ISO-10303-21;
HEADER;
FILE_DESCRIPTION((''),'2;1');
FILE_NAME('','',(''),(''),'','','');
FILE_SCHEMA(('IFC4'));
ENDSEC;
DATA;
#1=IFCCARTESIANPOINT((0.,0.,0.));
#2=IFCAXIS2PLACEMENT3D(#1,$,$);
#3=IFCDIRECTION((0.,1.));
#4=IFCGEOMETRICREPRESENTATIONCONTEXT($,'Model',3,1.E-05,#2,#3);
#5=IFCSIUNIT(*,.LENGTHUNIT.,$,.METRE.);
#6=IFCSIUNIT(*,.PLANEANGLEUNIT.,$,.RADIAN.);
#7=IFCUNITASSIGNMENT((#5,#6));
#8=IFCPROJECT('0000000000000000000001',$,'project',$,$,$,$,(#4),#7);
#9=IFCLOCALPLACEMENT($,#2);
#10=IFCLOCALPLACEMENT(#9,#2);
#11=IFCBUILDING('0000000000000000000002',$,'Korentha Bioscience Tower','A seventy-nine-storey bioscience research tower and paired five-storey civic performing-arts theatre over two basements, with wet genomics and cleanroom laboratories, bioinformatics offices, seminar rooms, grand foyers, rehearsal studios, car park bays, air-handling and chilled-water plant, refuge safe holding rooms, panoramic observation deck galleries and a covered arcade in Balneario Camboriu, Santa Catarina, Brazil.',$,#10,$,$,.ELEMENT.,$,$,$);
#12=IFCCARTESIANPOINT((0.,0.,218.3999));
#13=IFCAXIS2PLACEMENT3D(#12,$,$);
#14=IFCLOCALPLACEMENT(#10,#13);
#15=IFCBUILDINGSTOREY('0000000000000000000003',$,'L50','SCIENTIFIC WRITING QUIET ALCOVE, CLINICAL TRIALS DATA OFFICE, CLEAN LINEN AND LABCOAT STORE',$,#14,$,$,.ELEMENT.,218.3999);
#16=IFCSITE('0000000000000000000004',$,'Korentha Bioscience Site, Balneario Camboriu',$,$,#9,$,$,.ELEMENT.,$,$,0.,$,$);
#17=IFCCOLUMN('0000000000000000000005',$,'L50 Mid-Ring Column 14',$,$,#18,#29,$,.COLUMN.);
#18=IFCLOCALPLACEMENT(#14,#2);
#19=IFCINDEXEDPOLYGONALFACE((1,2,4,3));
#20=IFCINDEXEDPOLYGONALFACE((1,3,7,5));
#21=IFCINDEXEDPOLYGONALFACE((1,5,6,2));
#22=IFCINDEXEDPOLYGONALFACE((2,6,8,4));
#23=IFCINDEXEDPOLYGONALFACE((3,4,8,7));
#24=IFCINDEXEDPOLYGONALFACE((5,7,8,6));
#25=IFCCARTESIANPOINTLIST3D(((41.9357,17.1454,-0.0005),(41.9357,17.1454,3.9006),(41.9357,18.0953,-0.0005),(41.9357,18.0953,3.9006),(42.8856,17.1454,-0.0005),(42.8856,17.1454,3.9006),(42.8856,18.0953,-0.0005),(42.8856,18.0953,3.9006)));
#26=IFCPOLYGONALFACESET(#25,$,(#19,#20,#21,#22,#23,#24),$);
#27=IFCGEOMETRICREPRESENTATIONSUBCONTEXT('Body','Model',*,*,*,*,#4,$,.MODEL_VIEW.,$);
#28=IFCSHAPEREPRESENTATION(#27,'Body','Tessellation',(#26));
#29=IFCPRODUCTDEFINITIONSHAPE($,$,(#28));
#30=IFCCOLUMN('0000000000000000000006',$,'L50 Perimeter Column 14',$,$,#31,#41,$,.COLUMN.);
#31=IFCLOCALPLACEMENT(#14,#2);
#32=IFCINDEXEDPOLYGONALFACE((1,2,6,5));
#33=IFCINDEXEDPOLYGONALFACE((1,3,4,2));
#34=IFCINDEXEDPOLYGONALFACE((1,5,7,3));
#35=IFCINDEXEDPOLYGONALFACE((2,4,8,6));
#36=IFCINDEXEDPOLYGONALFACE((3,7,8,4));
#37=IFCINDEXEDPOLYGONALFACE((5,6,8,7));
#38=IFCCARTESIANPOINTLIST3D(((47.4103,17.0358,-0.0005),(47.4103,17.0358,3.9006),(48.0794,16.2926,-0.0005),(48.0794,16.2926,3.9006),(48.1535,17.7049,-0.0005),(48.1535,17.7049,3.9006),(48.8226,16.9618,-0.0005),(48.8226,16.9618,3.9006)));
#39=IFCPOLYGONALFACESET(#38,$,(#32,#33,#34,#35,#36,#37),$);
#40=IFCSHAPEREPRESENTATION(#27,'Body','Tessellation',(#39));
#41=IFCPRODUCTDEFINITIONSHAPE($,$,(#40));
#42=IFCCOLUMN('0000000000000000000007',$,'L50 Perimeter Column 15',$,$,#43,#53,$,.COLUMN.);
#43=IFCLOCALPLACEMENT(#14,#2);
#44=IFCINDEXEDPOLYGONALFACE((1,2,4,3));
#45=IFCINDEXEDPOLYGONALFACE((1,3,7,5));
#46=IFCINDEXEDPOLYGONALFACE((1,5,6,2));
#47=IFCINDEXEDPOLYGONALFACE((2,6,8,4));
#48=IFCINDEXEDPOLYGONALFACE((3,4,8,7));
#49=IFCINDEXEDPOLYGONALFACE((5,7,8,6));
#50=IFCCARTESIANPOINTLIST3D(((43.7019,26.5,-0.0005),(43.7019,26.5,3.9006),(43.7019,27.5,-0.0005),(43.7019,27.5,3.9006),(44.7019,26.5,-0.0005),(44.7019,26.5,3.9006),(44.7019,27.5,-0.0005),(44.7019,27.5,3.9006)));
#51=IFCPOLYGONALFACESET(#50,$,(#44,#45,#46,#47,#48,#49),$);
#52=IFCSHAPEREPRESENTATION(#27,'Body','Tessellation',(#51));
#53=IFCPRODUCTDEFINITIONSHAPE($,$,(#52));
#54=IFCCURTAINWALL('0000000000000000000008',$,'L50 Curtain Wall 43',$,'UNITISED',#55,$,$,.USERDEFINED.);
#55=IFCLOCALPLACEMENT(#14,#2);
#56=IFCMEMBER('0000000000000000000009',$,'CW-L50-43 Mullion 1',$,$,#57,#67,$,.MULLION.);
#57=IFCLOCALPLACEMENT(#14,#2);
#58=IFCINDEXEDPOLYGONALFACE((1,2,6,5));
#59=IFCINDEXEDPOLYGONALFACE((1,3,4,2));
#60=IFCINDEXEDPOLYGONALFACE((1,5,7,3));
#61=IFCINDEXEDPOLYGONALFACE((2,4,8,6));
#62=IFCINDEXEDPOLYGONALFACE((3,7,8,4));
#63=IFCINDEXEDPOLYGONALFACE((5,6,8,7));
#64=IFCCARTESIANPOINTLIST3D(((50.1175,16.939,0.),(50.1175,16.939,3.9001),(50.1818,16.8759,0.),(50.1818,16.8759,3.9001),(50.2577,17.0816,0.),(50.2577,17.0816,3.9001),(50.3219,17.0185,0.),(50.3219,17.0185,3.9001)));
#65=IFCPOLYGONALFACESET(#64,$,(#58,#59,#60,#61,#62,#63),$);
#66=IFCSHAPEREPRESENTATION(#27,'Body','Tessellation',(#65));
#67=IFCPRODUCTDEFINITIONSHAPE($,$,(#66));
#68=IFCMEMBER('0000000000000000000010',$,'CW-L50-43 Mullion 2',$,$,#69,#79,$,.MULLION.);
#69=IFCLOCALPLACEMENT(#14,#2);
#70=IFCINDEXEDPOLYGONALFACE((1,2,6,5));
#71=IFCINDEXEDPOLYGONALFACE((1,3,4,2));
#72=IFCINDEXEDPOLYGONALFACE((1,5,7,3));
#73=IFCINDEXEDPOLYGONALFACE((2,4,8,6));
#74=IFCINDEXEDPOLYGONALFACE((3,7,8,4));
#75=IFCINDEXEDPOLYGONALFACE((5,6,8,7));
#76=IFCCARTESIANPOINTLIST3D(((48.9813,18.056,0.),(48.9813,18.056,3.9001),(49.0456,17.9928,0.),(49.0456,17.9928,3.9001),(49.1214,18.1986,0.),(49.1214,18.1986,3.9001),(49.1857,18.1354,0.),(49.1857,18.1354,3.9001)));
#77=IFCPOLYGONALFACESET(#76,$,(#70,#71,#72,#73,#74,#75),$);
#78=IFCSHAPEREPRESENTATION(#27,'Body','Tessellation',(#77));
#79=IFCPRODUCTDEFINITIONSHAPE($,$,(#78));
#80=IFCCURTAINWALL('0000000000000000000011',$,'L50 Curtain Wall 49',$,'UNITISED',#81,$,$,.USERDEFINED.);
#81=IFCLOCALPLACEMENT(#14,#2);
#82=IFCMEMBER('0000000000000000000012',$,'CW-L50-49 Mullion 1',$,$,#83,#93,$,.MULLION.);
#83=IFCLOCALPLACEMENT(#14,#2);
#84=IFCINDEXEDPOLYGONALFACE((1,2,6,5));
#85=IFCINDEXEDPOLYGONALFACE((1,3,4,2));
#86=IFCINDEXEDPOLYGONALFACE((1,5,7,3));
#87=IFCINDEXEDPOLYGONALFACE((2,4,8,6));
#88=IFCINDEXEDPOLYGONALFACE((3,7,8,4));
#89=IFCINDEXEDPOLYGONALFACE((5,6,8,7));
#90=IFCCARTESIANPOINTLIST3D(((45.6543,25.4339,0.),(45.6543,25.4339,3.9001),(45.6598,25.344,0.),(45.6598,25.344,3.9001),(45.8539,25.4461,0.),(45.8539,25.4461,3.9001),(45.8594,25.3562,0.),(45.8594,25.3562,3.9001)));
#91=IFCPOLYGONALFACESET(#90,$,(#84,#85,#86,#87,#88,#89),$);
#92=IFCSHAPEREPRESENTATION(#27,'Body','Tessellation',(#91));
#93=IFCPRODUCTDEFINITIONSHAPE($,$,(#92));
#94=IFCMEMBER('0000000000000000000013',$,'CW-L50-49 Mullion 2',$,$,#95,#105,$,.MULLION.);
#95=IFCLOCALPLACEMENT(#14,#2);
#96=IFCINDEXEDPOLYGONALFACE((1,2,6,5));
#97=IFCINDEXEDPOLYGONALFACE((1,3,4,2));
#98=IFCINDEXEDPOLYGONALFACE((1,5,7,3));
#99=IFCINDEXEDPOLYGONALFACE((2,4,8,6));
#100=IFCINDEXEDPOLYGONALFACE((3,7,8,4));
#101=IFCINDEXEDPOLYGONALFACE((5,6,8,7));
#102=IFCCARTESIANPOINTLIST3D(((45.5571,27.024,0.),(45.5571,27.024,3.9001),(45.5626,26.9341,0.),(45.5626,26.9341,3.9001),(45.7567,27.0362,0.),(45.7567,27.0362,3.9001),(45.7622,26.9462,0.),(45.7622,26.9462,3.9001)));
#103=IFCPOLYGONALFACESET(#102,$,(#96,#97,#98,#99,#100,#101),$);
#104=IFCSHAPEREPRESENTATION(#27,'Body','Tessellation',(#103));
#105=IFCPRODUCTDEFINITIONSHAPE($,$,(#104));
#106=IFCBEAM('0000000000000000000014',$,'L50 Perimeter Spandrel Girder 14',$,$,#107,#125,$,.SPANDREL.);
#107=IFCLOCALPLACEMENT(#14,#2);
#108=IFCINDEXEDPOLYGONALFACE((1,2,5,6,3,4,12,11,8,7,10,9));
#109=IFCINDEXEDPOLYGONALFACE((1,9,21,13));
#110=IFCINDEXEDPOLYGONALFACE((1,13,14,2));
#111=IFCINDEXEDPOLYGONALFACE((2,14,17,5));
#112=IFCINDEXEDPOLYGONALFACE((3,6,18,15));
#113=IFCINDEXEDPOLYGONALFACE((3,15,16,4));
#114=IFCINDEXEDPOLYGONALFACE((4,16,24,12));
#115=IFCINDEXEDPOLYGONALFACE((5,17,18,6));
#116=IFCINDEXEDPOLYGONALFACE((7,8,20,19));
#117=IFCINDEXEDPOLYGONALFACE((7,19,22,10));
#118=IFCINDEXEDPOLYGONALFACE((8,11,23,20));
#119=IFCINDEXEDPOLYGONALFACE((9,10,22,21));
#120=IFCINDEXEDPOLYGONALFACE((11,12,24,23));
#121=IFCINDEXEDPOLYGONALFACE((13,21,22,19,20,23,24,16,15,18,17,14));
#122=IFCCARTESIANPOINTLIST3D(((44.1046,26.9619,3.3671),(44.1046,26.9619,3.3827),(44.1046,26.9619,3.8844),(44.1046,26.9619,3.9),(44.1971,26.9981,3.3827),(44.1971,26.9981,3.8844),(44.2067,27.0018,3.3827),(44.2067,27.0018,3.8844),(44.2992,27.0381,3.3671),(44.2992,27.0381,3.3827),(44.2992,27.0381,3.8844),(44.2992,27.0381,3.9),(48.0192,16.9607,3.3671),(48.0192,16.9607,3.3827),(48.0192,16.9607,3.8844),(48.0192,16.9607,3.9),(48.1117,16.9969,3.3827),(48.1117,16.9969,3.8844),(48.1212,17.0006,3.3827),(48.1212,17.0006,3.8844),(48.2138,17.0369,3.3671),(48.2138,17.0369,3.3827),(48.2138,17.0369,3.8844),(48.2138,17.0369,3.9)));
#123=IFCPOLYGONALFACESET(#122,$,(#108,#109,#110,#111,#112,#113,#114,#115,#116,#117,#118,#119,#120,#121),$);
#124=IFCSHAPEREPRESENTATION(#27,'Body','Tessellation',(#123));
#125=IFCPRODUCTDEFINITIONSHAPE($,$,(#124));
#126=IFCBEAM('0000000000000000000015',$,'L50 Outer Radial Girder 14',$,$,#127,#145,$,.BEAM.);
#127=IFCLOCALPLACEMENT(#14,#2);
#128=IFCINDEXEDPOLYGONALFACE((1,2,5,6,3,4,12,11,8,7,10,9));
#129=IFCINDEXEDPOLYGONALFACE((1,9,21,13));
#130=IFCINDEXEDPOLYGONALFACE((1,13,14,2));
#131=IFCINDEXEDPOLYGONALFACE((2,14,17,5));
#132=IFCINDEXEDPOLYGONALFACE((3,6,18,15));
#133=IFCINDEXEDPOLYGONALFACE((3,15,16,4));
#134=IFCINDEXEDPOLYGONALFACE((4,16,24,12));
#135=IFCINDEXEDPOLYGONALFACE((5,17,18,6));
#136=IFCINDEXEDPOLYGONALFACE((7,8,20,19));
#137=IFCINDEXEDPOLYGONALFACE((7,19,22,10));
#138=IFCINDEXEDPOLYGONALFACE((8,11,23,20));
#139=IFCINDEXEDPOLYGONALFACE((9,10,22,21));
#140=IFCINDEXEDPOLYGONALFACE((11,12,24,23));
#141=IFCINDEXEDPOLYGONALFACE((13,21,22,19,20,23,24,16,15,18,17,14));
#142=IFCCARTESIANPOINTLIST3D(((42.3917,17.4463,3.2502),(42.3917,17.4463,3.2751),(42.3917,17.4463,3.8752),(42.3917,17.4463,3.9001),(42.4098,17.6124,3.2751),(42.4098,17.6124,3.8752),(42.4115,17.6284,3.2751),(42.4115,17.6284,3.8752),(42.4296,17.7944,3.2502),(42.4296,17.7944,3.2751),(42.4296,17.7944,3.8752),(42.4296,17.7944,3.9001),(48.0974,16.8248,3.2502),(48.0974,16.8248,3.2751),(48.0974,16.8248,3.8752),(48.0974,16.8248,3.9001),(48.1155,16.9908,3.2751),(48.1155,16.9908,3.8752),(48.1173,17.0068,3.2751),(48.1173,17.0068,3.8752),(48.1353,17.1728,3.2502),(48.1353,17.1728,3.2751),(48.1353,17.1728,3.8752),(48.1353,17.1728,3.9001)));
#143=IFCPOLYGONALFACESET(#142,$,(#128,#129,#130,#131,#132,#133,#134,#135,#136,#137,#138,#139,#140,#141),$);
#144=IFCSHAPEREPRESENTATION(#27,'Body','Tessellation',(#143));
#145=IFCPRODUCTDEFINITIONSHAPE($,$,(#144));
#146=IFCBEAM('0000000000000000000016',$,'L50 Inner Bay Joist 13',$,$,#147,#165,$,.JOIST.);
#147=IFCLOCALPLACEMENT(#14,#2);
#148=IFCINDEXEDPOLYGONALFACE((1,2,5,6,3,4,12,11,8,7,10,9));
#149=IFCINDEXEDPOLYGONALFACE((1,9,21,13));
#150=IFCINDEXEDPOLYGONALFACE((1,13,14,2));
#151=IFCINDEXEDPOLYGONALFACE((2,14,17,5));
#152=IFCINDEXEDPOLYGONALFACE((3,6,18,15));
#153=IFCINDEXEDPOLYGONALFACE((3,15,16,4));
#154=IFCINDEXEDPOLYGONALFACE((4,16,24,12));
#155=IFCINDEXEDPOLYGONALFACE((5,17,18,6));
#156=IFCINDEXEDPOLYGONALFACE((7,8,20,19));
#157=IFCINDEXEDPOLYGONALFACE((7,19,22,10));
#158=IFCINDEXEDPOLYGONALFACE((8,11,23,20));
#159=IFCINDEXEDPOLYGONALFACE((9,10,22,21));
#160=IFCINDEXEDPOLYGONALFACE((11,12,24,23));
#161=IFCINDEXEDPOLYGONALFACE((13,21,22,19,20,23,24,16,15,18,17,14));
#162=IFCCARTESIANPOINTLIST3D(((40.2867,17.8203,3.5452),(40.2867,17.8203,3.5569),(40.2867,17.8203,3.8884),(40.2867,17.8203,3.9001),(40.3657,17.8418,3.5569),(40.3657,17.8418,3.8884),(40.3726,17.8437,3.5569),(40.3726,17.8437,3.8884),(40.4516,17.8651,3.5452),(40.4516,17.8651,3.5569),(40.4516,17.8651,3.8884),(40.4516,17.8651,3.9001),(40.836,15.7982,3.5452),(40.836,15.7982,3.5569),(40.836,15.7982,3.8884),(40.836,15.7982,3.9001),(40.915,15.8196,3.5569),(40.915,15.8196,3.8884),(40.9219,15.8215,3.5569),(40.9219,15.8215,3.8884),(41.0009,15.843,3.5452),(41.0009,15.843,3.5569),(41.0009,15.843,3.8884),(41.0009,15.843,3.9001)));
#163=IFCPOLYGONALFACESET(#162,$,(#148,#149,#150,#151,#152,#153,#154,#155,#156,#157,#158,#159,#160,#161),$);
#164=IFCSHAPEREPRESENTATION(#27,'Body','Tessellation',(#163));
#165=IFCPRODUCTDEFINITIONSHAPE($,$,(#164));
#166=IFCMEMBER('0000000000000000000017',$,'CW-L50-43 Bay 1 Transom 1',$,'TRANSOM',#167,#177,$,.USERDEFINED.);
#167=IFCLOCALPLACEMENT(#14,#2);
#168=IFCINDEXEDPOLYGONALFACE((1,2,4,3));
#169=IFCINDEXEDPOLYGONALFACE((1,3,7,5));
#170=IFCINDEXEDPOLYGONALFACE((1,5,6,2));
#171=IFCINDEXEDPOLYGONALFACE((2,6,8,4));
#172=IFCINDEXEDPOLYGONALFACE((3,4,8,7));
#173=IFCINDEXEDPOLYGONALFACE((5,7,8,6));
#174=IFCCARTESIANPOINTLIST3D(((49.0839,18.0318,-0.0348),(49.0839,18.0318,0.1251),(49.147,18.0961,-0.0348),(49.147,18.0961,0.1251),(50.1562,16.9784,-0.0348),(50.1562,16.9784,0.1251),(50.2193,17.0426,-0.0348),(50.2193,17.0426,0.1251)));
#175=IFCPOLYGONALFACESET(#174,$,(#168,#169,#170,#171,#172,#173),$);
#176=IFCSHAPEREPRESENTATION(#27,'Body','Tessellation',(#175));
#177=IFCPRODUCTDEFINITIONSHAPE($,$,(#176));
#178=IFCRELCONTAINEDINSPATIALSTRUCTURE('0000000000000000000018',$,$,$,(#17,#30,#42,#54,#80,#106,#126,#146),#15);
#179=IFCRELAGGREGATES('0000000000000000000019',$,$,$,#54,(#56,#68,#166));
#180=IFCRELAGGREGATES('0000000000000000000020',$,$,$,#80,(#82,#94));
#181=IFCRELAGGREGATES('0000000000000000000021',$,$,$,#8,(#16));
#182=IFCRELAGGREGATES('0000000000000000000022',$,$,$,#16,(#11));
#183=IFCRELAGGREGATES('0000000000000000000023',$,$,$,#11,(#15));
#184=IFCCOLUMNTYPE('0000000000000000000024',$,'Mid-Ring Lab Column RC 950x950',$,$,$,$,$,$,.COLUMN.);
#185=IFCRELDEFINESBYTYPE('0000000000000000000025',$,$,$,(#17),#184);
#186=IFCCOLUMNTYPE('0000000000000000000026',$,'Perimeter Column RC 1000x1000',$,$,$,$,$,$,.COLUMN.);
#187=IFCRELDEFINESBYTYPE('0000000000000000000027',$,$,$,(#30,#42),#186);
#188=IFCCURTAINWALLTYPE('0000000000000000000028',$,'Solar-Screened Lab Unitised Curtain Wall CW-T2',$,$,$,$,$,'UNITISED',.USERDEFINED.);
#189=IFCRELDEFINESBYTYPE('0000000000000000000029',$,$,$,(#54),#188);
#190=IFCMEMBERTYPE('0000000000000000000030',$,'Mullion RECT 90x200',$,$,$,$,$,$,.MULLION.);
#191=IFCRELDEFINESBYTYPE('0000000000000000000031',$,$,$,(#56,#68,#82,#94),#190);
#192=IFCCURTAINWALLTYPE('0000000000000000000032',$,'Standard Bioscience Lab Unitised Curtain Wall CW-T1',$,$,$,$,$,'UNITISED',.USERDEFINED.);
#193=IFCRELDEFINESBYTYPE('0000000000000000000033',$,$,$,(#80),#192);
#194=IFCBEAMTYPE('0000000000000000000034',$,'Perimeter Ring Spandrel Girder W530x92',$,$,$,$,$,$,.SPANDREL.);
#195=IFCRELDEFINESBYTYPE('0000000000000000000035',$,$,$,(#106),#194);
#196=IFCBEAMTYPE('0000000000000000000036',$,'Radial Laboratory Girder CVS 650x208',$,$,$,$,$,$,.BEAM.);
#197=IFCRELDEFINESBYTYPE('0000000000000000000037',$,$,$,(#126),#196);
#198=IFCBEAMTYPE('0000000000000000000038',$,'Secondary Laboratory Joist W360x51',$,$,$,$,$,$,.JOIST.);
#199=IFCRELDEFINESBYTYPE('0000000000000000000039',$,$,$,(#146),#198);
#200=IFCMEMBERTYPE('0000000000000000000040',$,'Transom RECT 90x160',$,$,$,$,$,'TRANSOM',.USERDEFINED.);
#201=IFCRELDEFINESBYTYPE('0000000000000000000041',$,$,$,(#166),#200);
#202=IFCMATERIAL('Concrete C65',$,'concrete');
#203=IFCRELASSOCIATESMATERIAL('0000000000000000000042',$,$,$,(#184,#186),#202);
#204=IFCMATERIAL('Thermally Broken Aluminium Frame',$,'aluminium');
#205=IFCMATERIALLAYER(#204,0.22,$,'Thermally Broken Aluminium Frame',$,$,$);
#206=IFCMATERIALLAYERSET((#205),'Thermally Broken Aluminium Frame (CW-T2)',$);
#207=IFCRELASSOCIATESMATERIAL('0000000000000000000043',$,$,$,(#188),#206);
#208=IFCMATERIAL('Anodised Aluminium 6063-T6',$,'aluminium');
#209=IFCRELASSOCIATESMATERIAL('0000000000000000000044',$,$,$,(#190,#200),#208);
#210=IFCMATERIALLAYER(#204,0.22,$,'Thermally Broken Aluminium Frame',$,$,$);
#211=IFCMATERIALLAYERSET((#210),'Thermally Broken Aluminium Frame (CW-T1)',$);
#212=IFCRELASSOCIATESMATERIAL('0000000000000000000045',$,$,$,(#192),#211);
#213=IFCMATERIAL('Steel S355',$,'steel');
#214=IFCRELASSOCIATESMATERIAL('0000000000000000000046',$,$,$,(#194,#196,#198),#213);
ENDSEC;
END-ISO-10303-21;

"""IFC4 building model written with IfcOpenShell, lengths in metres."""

from ifc_helpers import new_model, si_unit, direction, frame, origin, origin_2d, place, context, subcontext, project, spatial, rectangle, i_section, extrude, material, layer, layer_set, material_profile, profile_set, type_object, element, aggregate, save


model = new_model("IFC4")

# Units and contexts
model_context = context("Model", 3, precision=1e-05, world=origin(), true_north=direction((0.0, 1.0)))
body_context = subcontext(model_context, "Body", "Model", "MODEL_VIEW")
ifc_project = project(units=[si_unit("LENGTHUNIT", "METRE"), si_unit("PLANEANGLEUNIT", "RADIAN")], contexts=[model_context])

# Site, building, storey
site_placement = place(None, origin())
site = spatial("IfcSite", under=ifc_project, at=site_placement, Name="Korentha Bioscience Site, Balneario Camboriu", CompositionType="ELEMENT", RefElevation=0.0)
building_placement = place(site_placement, origin())
building = spatial("IfcBuilding", under=site, at=building_placement, Name="Korentha Bioscience Tower", Description="A seventy-nine-storey bioscience research tower and paired five-storey civic performing-arts theatre over two basements, with wet genomics and cleanroom laboratories, bioinformatics offices, seminar rooms, grand foyers, rehearsal studios, car park bays, air-handling and chilled-water plant, refuge safe holding rooms, panoramic observation deck galleries and a covered arcade in Balneario Camboriu, Santa Catarina, Brazil.", CompositionType="ELEMENT")
storey_placement = place(building_placement, frame((0.0, 0.0, 218.3999)))
storey = spatial("IfcBuildingStorey", under=building, at=storey_placement, Name="L50", Description="SCIENTIFIC WRITING QUIET ALCOVE, CLINICAL TRIALS DATA OFFICE, CLEAN LINEN AND LABCOAT STORE", CompositionType="ELEMENT", Elevation=218.3999)

# Columns
ifc_material_1 = material(Name="Concrete C65", Category="concrete")
ifc_material_profile_1 = material_profile(ifc_material_1, rectangle(XDim=0.95, YDim=0.95, at=origin_2d()), Name="Concrete C65")
ifc_profile_set_1 = profile_set([ifc_material_profile_1], Name="Concrete C65 (COL-MR09)")
column_type_1 = type_object("IfcColumnType", Name="Mid-Ring Lab Column RC 950x950", PredefinedType="COLUMN", material=ifc_profile_set_1)
column_placement = place(storey_placement, frame((42.4106, 17.6204, -0.0005), z_axis=(0.0, 0.0, 1.0), x_axis=(1.0, 0.0, 0.0)))
element("IfcColumn", 1, at=column_placement, inside=storey, type_object=column_type_1, Name="L50 Mid-Ring Column 14", PredefinedType="COLUMN", context=body_context, shape_type="SweptSolid", body=[
    extrude(rectangle(XDim=0.95, YDim=0.95, at=origin_2d()), origin(), (0.0, 0.0, 1.0), 3.9011),
])
ifc_material_profile_2 = material_profile(ifc_material_1, rectangle(XDim=1.0, YDim=1.0, at=origin_2d()), Name="Concrete C65")
ifc_profile_set_2 = profile_set([ifc_material_profile_2], Name="Concrete C65 (COL-P10)")
column_type_2 = type_object("IfcColumnType", Name="Perimeter Column RC 1000x1000", PredefinedType="COLUMN", material=ifc_profile_set_2)
for number, where, z_axis, x_axis, name in (
    (2, (48.1165, 16.9988, -0.0005), (0.0, 0.0, 1.0), (-0.669131, 0.743145, 0.0), "L50 Perimeter Column 14"),
    (3, (44.2019, 27.0, -0.0005), (0.0, 0.0, 1.0), (0.0, 1.0, 0.0), "L50 Perimeter Column 15"),
):
    element("IfcColumn", number, at=place(storey_placement, frame(where, z_axis=z_axis, x_axis=x_axis)), inside=storey, type_object=column_type_2, Name=name, PredefinedType="COLUMN", context=body_context, shape_type="SweptSolid", body=[
        extrude(rectangle(XDim=1.0, YDim=1.0, at=origin_2d()), origin(), (0.0, 0.0, 1.0), 3.9011),
    ])

# Curtain walls, members
ifc_material_2 = material(Name="Thermally Broken Aluminium Frame", Category="aluminium")
ifc_layer_1 = layer(ifc_material_2, 0.22, Name="Thermally Broken Aluminium Frame")
ifc_layer_set_1 = layer_set([ifc_layer_1], Name="Thermally Broken Aluminium Frame (CW-T2)")
curtain_wall_type_1 = type_object("IfcCurtainWallType", Name="Solar-Screened Lab Unitised Curtain Wall CW-T2", ElementType="UNITISED", PredefinedType="USERDEFINED", material=ifc_layer_set_1)
curtain_wall_1_placement = place(storey_placement, origin())
curtain_wall_1 = element("IfcCurtainWall", 4, at=curtain_wall_1_placement, inside=storey, type_object=curtain_wall_type_1, Name="L50 Curtain Wall 43", ObjectType="UNITISED", PredefinedType="USERDEFINED")
ifc_material_3 = material(Name="Anodised Aluminium 6063-T6", Category="aluminium")
ifc_material_profile_3 = material_profile(ifc_material_3, rectangle(XDim=0.0901, YDim=0.2, at=origin_2d()), Name="Anodised Aluminium 6063-T6")
ifc_profile_set_3 = profile_set([ifc_material_profile_3], Name="Anodised Aluminium 6063-T6 (CW-MUL)")
member_type_1 = type_object("IfcMemberType", Name="Mullion RECT 90x200", PredefinedType="MULLION", material=ifc_profile_set_3)
member_1_placement = place(storey_placement, frame((50.2197, 16.9788, 0.0), z_axis=(0.0, 0.0, 1.0), x_axis=(-0.713258, 0.700901, 0.0)))
member_1 = element("IfcMember", 5, at=member_1_placement, type_object=member_type_1, Name="CW-L50-43 Mullion 1", PredefinedType="MULLION", context=body_context, shape_type="SweptSolid", body=[
    extrude(rectangle(XDim=0.0901, YDim=0.2, at=origin_2d()), origin(), (0.0, 0.0, 1.0), 3.9001),
])
member_2_placement = place(storey_placement, frame((49.0835, 18.0957, 0.0), z_axis=(0.0, 0.0, 1.0), x_axis=(-0.713258, 0.700901, 0.0)))
member_2 = element("IfcMember", 6, at=member_2_placement, type_object=member_type_1, Name="CW-L50-43 Mullion 2", PredefinedType="MULLION", context=body_context, shape_type="SweptSolid", body=[
    extrude(rectangle(XDim=0.0901, YDim=0.2, at=origin_2d()), origin(), (0.0, 0.0, 1.0), 3.9001),
])
ifc_layer_2 = layer(ifc_material_2, 0.22, Name="Thermally Broken Aluminium Frame")
ifc_layer_set_2 = layer_set([ifc_layer_2], Name="Thermally Broken Aluminium Frame (CW-T1)")
curtain_wall_type_2 = type_object("IfcCurtainWallType", Name="Standard Bioscience Lab Unitised Curtain Wall CW-T1", ElementType="UNITISED", PredefinedType="USERDEFINED", material=ifc_layer_set_2)
curtain_wall_2_placement = place(storey_placement, origin())
curtain_wall_2 = element("IfcCurtainWall", 7, at=curtain_wall_2_placement, inside=storey, type_object=curtain_wall_type_2, Name="L50 Curtain Wall 49", ObjectType="UNITISED", PredefinedType="USERDEFINED")
member_3_placement = place(storey_placement, frame((45.7568, 25.395, 0.0), z_axis=(0.0, 0.0, 1.0), x_axis=(-0.060954, 0.998141, 0.0)))
member_3 = element("IfcMember", 8, at=member_3_placement, type_object=member_type_1, Name="CW-L50-49 Mullion 1", PredefinedType="MULLION", context=body_context, shape_type="SweptSolid", body=[
    extrude(rectangle(XDim=0.0901, YDim=0.2, at=origin_2d()), origin(), (0.0, 0.0, 1.0), 3.9001),
])
member_4_placement = place(storey_placement, frame((45.6597, 26.9851, 0.0), z_axis=(0.0, 0.0, 1.0), x_axis=(-0.060954, 0.998141, 0.0)))
member_4 = element("IfcMember", 9, at=member_4_placement, type_object=member_type_1, Name="CW-L50-49 Mullion 2", PredefinedType="MULLION", context=body_context, shape_type="SweptSolid", body=[
    extrude(rectangle(XDim=0.0901, YDim=0.2, at=origin_2d()), origin(), (0.0, 0.0, 1.0), 3.9001),
])

# Beams
ifc_material_4 = material(Name="Steel S355", Category="steel")
ifc_material_profile_4 = material_profile(ifc_material_4, i_section(OverallWidth=0.209, OverallDepth=0.533, WebThickness=0.0103, FlangeThickness=0.0156, at=origin_2d()), Name="Steel S355")
ifc_profile_set_4 = profile_set([ifc_material_profile_4], Name="Steel S355 (SB-530)")
beam_type_1 = type_object("IfcBeamType", Name="Perimeter Ring Spandrel Girder W530x92", PredefinedType="SPANDREL", material=ifc_profile_set_4)
beam_1_placement = place(storey_placement, frame((48.1165, 16.9988, 3.6335), z_axis=(-0.364482, 0.93121, 0.0), x_axis=(-0.93121, -0.364482, 0.0)))
element("IfcBeam", 10, at=beam_1_placement, inside=storey, type_object=beam_type_1, Name="L50 Perimeter Spandrel Girder 14", PredefinedType="SPANDREL", context=body_context, shape_type="SweptSolid", body=[
    extrude(i_section(OverallWidth=0.209, OverallDepth=0.533, WebThickness=0.0103, FlangeThickness=0.0156, at=origin_2d()), origin(), (0.0, 0.0, 1.0), 10.74),
])
ifc_material_profile_5 = material_profile(ifc_material_4, i_section(OverallWidth=0.3501, OverallDepth=0.6499, WebThickness=0.0161, FlangeThickness=0.0249, at=origin_2d()), Name="Steel S355")
ifc_profile_set_5 = profile_set([ifc_material_profile_5], Name="Steel S355 (RB-650)")
beam_type_2 = type_object("IfcBeamType", Name="Radial Laboratory Girder CVS 650x208", PredefinedType="BEAM", material=ifc_profile_set_5)
beam_2_placement = place(storey_placement, frame((42.4106, 17.6204, 3.5752), z_axis=(0.994119, -0.108298, 0.0), x_axis=(0.108298, 0.994119, 0.0)))
element("IfcBeam", 11, at=beam_2_placement, inside=storey, type_object=beam_type_2, Name="L50 Outer Radial Girder 14", PredefinedType="BEAM", context=body_context, shape_type="SweptSolid", body=[
    extrude(i_section(OverallWidth=0.3501, OverallDepth=0.6499, WebThickness=0.0161, FlangeThickness=0.0249, at=origin_2d()), origin(), (0.0, 0.0, 1.0), 5.7395),
])
ifc_material_profile_6 = material_profile(ifc_material_4, i_section(OverallWidth=0.1709, OverallDepth=0.355, WebThickness=0.0071, FlangeThickness=0.0117, at=origin_2d()), Name="Steel S355")
ifc_profile_set_6 = profile_set([ifc_material_profile_6], Name="Steel S355 (JB-360)")
beam_type_3 = type_object("IfcBeamType", Name="Secondary Laboratory Joist W360x51", PredefinedType="JOIST", material=ifc_profile_set_6)
beam_3_placement = place(storey_placement, frame((40.9185, 15.8206, 3.7227), z_axis=(-0.262141, 0.96503, 0.0), x_axis=(-0.96503, -0.262141, 0.0)))
element("IfcBeam", 12, at=beam_3_placement, inside=storey, type_object=beam_type_3, Name="L50 Inner Bay Joist 13", PredefinedType="JOIST", context=body_context, shape_type="SweptSolid", body=[
    extrude(i_section(OverallWidth=0.1709, OverallDepth=0.355, WebThickness=0.0071, FlangeThickness=0.0117, at=origin_2d()), origin(), (0.0, 0.0, 1.0), 2.0955),
])

# Member
ifc_material_profile_7 = material_profile(ifc_material_3, rectangle(XDim=0.0901, YDim=0.1599, at=origin_2d()), Name="Anodised Aluminium 6063-T6")
ifc_profile_set_7 = profile_set([ifc_material_profile_7], Name="Anodised Aluminium 6063-T6 (CW-TRN)")
member_type_2 = type_object("IfcMemberType", Name="Transom RECT 90x160", ElementType="TRANSOM", PredefinedType="USERDEFINED", material=ifc_profile_set_7)
member_5_placement = place(storey_placement, frame((50.1877, 17.0105, 0.0452), z_axis=(-0.713332, 0.700826, 0.0), x_axis=(-0.700826, -0.713332, 0.0)))
member_5 = element("IfcMember", 13, at=member_5_placement, type_object=member_type_2, Name="CW-L50-43 Bay 1 Transom 1", ObjectType="TRANSOM", PredefinedType="USERDEFINED", context=body_context, shape_type="SweptSolid", body=[
    extrude(rectangle(XDim=0.0901, YDim=0.1599, at=origin_2d()), origin(), (0.0, 0.0, 1.0), 1.5032),
])

aggregate(curtain_wall_1, [member_1, member_2, member_5])
aggregate(curtain_wall_2, [member_3, member_4])

save(model, "model.ifc")
